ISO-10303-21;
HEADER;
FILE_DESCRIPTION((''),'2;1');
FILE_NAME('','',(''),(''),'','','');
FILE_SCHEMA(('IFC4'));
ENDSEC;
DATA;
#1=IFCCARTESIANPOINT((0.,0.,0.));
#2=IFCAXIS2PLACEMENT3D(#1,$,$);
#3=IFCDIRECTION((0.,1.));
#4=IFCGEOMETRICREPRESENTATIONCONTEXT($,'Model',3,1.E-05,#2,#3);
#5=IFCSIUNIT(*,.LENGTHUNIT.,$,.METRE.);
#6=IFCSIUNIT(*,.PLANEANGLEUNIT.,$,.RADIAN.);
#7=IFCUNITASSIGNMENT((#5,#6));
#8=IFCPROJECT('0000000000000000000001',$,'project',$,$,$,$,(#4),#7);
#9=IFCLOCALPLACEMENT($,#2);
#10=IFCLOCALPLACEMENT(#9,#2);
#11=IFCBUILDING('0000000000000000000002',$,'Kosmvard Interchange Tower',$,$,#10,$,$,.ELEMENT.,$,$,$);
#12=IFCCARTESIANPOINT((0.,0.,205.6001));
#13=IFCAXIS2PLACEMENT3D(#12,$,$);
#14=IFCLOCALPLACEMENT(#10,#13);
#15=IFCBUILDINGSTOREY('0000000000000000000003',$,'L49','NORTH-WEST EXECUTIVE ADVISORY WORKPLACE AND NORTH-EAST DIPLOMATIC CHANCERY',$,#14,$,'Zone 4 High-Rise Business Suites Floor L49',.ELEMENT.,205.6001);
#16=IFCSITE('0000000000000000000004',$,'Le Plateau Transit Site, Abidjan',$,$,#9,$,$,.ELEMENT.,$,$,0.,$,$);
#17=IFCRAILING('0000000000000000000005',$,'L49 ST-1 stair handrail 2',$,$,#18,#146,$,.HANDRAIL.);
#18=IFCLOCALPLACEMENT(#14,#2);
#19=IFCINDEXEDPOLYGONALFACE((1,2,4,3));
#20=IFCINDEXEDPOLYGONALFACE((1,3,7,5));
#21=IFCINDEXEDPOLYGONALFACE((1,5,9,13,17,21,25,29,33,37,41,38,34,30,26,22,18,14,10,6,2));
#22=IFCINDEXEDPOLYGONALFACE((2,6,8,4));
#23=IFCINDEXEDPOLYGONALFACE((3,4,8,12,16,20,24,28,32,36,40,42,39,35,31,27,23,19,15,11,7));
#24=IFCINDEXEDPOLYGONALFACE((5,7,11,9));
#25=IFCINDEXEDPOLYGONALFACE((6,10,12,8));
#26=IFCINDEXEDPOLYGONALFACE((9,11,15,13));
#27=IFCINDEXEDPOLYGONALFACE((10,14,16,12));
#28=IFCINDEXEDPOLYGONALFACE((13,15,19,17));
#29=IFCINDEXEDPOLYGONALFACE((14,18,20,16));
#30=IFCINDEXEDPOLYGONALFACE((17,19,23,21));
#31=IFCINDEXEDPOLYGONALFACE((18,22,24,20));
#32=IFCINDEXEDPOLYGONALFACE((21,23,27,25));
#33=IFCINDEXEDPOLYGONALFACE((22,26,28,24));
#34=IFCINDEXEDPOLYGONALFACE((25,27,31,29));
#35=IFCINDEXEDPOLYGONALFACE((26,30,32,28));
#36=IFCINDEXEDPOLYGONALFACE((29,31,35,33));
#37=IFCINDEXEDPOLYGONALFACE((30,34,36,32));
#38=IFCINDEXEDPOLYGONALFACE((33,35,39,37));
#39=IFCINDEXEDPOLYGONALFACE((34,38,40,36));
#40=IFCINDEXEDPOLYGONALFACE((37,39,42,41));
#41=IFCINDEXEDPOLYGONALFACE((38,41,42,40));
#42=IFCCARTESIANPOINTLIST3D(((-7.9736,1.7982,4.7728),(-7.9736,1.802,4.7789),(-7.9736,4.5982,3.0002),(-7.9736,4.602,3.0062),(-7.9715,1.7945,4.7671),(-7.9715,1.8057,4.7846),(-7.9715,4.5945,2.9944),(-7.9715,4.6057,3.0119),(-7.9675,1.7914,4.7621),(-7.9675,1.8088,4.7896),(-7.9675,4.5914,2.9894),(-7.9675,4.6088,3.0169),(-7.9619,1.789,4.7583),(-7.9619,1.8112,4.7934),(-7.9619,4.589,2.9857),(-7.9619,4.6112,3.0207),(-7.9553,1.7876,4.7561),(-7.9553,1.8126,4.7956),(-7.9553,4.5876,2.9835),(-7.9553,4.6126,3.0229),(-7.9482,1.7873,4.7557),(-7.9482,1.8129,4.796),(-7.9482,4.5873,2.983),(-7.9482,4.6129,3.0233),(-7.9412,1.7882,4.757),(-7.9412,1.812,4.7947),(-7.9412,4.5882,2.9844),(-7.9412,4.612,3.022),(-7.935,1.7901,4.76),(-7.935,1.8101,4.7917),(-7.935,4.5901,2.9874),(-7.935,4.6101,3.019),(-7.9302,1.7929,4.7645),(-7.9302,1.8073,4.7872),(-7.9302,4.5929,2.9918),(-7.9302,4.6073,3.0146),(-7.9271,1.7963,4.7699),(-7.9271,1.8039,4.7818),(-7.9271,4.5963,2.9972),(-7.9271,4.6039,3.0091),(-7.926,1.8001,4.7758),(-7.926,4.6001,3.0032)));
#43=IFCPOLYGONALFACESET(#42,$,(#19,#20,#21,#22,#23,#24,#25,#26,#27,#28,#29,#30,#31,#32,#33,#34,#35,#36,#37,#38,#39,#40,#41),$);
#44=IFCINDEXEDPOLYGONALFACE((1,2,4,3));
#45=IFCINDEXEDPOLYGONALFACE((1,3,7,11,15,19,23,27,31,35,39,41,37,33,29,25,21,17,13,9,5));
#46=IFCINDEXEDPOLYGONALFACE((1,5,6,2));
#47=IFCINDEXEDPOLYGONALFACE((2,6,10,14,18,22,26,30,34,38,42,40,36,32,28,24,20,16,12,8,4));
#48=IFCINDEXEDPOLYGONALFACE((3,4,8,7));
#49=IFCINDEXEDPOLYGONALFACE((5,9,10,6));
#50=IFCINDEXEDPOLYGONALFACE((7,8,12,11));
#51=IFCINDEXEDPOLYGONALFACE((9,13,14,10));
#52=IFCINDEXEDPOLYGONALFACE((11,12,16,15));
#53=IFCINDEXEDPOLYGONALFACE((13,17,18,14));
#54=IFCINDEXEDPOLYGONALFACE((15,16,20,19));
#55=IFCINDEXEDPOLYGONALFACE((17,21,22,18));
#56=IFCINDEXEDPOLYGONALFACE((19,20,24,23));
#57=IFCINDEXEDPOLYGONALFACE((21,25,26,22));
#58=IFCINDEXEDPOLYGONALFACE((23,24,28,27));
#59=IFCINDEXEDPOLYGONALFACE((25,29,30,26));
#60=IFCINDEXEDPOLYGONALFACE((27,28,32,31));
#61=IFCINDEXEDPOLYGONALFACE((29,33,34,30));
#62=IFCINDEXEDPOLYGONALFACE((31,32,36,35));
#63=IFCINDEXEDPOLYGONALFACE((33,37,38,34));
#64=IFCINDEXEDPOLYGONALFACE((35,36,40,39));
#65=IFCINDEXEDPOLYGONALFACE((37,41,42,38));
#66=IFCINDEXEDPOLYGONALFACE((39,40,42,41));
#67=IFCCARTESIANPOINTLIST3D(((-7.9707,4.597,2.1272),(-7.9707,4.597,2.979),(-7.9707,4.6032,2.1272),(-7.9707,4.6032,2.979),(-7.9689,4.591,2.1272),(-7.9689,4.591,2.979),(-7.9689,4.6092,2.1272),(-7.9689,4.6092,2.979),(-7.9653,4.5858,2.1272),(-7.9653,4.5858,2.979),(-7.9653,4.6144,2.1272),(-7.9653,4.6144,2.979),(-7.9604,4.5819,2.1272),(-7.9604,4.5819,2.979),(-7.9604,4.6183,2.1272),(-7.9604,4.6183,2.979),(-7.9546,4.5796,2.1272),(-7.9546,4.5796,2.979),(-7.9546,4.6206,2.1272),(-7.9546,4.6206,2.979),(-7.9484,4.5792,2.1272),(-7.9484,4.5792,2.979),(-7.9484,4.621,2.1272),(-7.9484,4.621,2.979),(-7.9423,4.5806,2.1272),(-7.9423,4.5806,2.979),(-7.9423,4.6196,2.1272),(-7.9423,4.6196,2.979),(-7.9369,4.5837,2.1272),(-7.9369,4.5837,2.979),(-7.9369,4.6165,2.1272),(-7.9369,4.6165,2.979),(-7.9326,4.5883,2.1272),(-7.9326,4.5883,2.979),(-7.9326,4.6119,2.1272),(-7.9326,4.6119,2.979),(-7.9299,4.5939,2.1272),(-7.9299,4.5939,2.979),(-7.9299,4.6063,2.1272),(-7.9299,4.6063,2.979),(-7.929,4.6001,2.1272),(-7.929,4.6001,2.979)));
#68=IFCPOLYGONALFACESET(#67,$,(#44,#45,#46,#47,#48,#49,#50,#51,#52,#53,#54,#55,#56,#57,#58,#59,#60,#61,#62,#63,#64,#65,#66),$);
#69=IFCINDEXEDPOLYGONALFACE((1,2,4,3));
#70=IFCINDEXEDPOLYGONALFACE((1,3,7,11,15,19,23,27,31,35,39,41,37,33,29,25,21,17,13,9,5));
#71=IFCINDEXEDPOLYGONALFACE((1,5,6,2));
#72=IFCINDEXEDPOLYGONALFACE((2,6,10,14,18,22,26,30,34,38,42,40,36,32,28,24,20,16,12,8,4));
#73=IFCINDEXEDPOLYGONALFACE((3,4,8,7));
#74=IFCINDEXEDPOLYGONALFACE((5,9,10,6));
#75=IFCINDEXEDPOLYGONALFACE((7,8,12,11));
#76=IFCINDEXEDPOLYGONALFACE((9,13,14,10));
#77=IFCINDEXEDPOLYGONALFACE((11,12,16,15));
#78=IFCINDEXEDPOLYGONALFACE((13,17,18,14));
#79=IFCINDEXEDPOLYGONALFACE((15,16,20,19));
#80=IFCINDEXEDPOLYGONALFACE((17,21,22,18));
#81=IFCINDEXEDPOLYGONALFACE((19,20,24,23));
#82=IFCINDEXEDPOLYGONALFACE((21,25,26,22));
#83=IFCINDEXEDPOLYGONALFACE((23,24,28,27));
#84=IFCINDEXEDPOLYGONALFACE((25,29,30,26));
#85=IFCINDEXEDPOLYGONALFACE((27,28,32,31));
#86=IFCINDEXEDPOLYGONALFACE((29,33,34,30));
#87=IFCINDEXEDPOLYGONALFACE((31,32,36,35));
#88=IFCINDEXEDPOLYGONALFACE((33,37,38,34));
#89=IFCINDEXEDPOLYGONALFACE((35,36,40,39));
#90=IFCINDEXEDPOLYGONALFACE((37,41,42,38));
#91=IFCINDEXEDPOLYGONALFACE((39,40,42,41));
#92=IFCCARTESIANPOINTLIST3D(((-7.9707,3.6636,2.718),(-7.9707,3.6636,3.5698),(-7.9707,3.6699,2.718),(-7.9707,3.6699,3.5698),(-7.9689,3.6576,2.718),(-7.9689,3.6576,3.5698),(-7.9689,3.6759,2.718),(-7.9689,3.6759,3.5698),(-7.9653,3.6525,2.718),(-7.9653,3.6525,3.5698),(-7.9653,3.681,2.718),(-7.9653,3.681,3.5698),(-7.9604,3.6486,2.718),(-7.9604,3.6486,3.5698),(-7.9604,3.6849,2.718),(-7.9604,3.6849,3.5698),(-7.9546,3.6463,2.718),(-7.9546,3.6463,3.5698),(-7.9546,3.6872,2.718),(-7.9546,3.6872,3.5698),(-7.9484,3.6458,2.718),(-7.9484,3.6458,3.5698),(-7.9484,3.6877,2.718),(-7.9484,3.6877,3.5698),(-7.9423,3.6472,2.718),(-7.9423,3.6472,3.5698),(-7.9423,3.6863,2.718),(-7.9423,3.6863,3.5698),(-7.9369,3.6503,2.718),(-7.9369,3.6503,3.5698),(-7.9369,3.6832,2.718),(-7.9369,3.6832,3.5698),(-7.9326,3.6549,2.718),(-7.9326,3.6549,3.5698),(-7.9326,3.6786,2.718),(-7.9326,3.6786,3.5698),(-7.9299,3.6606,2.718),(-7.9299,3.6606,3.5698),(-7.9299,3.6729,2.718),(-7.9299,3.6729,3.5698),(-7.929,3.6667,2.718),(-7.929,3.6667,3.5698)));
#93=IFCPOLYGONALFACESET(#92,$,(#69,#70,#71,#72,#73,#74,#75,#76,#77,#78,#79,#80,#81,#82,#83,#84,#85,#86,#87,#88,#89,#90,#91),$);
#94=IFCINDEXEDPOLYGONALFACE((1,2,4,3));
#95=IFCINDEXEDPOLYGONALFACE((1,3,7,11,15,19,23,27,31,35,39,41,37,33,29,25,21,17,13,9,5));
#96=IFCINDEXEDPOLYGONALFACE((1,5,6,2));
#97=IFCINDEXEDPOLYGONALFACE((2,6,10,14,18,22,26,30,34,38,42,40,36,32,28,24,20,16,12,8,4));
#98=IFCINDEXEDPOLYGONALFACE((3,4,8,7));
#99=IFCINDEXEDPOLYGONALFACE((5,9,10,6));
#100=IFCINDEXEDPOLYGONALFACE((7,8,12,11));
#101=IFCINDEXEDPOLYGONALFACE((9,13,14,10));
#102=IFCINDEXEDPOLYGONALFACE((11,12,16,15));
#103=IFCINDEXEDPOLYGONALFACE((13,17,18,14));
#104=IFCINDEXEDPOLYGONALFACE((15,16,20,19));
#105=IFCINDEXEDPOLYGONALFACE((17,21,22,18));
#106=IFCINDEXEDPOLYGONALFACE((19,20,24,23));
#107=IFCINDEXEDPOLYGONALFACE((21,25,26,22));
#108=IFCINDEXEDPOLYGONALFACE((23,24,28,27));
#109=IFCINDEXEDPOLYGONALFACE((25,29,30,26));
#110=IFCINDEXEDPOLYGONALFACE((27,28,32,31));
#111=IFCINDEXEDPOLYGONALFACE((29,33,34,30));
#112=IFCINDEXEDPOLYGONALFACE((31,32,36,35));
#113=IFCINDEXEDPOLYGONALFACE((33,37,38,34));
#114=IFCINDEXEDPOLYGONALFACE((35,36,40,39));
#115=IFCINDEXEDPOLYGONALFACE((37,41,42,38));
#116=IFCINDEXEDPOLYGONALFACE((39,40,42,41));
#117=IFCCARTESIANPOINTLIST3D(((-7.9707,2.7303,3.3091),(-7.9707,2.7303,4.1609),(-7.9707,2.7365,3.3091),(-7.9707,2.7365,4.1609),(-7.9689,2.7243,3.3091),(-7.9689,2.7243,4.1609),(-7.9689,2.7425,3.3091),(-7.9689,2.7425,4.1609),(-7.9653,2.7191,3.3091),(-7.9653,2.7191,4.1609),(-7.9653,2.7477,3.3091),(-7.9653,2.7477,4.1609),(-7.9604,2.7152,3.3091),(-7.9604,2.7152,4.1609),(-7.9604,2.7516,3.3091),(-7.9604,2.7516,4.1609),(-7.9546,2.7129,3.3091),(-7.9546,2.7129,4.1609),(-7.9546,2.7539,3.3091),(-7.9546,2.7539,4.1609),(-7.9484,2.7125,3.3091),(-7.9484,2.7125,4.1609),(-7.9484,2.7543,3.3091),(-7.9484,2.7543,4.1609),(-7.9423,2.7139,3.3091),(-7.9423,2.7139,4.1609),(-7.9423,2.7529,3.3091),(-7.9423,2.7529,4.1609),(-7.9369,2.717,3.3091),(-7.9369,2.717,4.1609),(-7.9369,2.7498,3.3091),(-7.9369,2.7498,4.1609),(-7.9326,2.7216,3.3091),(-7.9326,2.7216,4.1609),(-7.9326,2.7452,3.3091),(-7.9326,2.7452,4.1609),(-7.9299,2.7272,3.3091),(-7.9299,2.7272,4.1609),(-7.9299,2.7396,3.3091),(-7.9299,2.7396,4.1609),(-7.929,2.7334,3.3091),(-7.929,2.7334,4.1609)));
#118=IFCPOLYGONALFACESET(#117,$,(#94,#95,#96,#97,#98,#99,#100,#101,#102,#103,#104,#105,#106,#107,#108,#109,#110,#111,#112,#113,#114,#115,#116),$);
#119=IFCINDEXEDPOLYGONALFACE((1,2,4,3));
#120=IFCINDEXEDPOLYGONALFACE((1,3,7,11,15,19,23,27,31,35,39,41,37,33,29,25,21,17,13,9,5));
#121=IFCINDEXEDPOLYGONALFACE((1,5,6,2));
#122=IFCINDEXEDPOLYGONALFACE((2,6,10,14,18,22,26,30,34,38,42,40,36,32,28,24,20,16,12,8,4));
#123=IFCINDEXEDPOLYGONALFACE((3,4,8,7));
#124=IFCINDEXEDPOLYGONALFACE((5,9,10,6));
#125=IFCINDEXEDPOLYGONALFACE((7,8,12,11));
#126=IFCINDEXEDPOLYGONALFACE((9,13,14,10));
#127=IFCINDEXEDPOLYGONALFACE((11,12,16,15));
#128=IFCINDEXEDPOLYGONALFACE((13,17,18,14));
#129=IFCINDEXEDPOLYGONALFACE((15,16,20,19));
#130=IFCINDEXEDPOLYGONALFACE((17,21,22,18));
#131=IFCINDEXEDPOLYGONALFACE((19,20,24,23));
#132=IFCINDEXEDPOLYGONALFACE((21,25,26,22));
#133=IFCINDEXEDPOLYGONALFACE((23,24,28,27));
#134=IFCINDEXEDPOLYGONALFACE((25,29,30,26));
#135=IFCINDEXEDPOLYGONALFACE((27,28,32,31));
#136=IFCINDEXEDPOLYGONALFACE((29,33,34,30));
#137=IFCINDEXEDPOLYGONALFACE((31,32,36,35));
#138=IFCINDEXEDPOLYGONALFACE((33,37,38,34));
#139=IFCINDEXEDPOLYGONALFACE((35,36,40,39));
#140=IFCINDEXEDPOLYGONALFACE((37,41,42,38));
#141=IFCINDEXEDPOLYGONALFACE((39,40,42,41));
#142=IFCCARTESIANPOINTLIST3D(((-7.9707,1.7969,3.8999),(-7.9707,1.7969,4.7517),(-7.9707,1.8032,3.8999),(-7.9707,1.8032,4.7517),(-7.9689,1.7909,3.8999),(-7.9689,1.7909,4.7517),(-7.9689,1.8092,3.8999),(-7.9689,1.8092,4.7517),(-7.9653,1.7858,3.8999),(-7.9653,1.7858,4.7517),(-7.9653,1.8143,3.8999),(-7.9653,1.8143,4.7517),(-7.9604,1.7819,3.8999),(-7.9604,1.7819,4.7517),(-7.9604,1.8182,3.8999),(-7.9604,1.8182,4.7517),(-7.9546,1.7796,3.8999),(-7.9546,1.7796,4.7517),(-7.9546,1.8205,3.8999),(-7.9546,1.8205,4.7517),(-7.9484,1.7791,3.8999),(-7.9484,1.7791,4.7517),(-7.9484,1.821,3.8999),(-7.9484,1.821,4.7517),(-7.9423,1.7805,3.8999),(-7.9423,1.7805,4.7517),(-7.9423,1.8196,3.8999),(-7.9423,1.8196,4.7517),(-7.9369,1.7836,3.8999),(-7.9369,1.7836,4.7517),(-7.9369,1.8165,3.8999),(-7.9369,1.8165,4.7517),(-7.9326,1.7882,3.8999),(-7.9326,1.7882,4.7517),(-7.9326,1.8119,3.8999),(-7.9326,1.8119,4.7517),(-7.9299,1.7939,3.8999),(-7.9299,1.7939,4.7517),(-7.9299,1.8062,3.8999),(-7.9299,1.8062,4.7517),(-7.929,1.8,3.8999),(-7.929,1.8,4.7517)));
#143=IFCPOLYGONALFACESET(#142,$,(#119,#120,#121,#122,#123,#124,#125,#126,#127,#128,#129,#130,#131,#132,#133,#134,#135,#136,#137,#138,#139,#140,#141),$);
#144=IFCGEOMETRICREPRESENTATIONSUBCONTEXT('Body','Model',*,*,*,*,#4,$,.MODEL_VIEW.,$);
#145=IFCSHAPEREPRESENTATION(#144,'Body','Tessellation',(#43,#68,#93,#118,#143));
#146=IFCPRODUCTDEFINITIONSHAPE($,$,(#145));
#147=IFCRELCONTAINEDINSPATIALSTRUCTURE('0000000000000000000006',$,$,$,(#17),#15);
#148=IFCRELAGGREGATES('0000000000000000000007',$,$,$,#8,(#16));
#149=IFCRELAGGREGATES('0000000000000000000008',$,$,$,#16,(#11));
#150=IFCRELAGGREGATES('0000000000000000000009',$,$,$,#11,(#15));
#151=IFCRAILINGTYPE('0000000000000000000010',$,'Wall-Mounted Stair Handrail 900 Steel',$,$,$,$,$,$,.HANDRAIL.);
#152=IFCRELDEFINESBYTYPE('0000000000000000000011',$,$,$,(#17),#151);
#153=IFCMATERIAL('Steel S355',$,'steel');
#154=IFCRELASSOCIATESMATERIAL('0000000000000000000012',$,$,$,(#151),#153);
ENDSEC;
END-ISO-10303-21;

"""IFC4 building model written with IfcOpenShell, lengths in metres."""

from ifc_helpers import new_model, si_unit, direction, frame, origin, origin_2d, place, context, subcontext, project, spatial, circle, extrude, source, transform, mapped, material, type_object, element, save


model = new_model("IFC4")

# Units and contexts
model_context = context("Model", 3, precision=1e-05, world=origin(), true_north=direction((0.0, 1.0)))
body_context = subcontext(model_context, "Body", "Model", "MODEL_VIEW")
ifc_project = project(units=[si_unit("LENGTHUNIT", "METRE"), si_unit("PLANEANGLEUNIT", "RADIAN")], contexts=[model_context])

# Site, building, storey
site_placement = place(None, origin())
site = spatial("IfcSite", under=ifc_project, at=site_placement, Name="Le Plateau Transit Site, Abidjan", CompositionType="ELEMENT", RefElevation=0.0)
building_placement = place(site_placement, origin())
building = spatial("IfcBuilding", under=site, at=building_placement, Name="Kosmvard Interchange Tower", CompositionType="ELEMENT")
storey_placement = place(building_placement, frame((0.0, 0.0, 205.6001)))
storey = spatial("IfcBuildingStorey", under=building, at=storey_placement, Name="L49", Description="NORTH-WEST EXECUTIVE ADVISORY WORKPLACE AND NORTH-EAST DIPLOMATIC CHANCERY", LongName="Zone 4 High-Rise Business Suites Floor L49", CompositionType="ELEMENT", Elevation=205.6001)

# Railing
ifc_material_1 = material(Name="Steel S355", Category="steel")
railing_type_1 = type_object("IfcRailingType", Name="Wall-Mounted Stair Handrail 900 Steel", PredefinedType="HANDRAIL", material=ifc_material_1)
shared_shape_1 = source(origin(), body_context, "Body", "SweptSolid", [
    extrude(circle(Radius=0.0239, at=origin_2d()), frame((0.0, 0.0, 0.876), z_axis=(0.0, -0.844909, 0.53491), x_axis=(1.0, 0.0, 0.0)), (0.0, 0.0, 1.0), 3.314),
    extrude(circle(Radius=0.021, at=origin_2d()), origin(), (0.0, 0.0, 1.0), 0.8518),
    extrude(circle(Radius=0.021, at=origin_2d()), frame((0.0, -0.9333, 0.5908)), (0.0, 0.0, 1.0), 0.8518),
    extrude(circle(Radius=0.021, at=origin_2d()), frame((0.0, -1.8667, 1.1819)), (0.0, 0.0, 1.0), 0.8518),
    extrude(circle(Radius=0.021, at=origin_2d()), frame((0.0, -2.8, 1.7727)), (0.0, 0.0, 1.0), 0.8518),
])
railing_1_placement = place(storey_placement, frame((-7.95, 4.6001, 2.1272)))
element("IfcRailing", 1, at=railing_1_placement, inside=storey, type_object=railing_type_1, Name="L49 ST-1 stair handrail 2", PredefinedType="HANDRAIL", context=body_context, shape_type="MappedRepresentation", body=[
    mapped(shared_shape_1, transform((0.0, 0.0, 0.0), scale=1.0)),
])

save(model, "model.ifc")
